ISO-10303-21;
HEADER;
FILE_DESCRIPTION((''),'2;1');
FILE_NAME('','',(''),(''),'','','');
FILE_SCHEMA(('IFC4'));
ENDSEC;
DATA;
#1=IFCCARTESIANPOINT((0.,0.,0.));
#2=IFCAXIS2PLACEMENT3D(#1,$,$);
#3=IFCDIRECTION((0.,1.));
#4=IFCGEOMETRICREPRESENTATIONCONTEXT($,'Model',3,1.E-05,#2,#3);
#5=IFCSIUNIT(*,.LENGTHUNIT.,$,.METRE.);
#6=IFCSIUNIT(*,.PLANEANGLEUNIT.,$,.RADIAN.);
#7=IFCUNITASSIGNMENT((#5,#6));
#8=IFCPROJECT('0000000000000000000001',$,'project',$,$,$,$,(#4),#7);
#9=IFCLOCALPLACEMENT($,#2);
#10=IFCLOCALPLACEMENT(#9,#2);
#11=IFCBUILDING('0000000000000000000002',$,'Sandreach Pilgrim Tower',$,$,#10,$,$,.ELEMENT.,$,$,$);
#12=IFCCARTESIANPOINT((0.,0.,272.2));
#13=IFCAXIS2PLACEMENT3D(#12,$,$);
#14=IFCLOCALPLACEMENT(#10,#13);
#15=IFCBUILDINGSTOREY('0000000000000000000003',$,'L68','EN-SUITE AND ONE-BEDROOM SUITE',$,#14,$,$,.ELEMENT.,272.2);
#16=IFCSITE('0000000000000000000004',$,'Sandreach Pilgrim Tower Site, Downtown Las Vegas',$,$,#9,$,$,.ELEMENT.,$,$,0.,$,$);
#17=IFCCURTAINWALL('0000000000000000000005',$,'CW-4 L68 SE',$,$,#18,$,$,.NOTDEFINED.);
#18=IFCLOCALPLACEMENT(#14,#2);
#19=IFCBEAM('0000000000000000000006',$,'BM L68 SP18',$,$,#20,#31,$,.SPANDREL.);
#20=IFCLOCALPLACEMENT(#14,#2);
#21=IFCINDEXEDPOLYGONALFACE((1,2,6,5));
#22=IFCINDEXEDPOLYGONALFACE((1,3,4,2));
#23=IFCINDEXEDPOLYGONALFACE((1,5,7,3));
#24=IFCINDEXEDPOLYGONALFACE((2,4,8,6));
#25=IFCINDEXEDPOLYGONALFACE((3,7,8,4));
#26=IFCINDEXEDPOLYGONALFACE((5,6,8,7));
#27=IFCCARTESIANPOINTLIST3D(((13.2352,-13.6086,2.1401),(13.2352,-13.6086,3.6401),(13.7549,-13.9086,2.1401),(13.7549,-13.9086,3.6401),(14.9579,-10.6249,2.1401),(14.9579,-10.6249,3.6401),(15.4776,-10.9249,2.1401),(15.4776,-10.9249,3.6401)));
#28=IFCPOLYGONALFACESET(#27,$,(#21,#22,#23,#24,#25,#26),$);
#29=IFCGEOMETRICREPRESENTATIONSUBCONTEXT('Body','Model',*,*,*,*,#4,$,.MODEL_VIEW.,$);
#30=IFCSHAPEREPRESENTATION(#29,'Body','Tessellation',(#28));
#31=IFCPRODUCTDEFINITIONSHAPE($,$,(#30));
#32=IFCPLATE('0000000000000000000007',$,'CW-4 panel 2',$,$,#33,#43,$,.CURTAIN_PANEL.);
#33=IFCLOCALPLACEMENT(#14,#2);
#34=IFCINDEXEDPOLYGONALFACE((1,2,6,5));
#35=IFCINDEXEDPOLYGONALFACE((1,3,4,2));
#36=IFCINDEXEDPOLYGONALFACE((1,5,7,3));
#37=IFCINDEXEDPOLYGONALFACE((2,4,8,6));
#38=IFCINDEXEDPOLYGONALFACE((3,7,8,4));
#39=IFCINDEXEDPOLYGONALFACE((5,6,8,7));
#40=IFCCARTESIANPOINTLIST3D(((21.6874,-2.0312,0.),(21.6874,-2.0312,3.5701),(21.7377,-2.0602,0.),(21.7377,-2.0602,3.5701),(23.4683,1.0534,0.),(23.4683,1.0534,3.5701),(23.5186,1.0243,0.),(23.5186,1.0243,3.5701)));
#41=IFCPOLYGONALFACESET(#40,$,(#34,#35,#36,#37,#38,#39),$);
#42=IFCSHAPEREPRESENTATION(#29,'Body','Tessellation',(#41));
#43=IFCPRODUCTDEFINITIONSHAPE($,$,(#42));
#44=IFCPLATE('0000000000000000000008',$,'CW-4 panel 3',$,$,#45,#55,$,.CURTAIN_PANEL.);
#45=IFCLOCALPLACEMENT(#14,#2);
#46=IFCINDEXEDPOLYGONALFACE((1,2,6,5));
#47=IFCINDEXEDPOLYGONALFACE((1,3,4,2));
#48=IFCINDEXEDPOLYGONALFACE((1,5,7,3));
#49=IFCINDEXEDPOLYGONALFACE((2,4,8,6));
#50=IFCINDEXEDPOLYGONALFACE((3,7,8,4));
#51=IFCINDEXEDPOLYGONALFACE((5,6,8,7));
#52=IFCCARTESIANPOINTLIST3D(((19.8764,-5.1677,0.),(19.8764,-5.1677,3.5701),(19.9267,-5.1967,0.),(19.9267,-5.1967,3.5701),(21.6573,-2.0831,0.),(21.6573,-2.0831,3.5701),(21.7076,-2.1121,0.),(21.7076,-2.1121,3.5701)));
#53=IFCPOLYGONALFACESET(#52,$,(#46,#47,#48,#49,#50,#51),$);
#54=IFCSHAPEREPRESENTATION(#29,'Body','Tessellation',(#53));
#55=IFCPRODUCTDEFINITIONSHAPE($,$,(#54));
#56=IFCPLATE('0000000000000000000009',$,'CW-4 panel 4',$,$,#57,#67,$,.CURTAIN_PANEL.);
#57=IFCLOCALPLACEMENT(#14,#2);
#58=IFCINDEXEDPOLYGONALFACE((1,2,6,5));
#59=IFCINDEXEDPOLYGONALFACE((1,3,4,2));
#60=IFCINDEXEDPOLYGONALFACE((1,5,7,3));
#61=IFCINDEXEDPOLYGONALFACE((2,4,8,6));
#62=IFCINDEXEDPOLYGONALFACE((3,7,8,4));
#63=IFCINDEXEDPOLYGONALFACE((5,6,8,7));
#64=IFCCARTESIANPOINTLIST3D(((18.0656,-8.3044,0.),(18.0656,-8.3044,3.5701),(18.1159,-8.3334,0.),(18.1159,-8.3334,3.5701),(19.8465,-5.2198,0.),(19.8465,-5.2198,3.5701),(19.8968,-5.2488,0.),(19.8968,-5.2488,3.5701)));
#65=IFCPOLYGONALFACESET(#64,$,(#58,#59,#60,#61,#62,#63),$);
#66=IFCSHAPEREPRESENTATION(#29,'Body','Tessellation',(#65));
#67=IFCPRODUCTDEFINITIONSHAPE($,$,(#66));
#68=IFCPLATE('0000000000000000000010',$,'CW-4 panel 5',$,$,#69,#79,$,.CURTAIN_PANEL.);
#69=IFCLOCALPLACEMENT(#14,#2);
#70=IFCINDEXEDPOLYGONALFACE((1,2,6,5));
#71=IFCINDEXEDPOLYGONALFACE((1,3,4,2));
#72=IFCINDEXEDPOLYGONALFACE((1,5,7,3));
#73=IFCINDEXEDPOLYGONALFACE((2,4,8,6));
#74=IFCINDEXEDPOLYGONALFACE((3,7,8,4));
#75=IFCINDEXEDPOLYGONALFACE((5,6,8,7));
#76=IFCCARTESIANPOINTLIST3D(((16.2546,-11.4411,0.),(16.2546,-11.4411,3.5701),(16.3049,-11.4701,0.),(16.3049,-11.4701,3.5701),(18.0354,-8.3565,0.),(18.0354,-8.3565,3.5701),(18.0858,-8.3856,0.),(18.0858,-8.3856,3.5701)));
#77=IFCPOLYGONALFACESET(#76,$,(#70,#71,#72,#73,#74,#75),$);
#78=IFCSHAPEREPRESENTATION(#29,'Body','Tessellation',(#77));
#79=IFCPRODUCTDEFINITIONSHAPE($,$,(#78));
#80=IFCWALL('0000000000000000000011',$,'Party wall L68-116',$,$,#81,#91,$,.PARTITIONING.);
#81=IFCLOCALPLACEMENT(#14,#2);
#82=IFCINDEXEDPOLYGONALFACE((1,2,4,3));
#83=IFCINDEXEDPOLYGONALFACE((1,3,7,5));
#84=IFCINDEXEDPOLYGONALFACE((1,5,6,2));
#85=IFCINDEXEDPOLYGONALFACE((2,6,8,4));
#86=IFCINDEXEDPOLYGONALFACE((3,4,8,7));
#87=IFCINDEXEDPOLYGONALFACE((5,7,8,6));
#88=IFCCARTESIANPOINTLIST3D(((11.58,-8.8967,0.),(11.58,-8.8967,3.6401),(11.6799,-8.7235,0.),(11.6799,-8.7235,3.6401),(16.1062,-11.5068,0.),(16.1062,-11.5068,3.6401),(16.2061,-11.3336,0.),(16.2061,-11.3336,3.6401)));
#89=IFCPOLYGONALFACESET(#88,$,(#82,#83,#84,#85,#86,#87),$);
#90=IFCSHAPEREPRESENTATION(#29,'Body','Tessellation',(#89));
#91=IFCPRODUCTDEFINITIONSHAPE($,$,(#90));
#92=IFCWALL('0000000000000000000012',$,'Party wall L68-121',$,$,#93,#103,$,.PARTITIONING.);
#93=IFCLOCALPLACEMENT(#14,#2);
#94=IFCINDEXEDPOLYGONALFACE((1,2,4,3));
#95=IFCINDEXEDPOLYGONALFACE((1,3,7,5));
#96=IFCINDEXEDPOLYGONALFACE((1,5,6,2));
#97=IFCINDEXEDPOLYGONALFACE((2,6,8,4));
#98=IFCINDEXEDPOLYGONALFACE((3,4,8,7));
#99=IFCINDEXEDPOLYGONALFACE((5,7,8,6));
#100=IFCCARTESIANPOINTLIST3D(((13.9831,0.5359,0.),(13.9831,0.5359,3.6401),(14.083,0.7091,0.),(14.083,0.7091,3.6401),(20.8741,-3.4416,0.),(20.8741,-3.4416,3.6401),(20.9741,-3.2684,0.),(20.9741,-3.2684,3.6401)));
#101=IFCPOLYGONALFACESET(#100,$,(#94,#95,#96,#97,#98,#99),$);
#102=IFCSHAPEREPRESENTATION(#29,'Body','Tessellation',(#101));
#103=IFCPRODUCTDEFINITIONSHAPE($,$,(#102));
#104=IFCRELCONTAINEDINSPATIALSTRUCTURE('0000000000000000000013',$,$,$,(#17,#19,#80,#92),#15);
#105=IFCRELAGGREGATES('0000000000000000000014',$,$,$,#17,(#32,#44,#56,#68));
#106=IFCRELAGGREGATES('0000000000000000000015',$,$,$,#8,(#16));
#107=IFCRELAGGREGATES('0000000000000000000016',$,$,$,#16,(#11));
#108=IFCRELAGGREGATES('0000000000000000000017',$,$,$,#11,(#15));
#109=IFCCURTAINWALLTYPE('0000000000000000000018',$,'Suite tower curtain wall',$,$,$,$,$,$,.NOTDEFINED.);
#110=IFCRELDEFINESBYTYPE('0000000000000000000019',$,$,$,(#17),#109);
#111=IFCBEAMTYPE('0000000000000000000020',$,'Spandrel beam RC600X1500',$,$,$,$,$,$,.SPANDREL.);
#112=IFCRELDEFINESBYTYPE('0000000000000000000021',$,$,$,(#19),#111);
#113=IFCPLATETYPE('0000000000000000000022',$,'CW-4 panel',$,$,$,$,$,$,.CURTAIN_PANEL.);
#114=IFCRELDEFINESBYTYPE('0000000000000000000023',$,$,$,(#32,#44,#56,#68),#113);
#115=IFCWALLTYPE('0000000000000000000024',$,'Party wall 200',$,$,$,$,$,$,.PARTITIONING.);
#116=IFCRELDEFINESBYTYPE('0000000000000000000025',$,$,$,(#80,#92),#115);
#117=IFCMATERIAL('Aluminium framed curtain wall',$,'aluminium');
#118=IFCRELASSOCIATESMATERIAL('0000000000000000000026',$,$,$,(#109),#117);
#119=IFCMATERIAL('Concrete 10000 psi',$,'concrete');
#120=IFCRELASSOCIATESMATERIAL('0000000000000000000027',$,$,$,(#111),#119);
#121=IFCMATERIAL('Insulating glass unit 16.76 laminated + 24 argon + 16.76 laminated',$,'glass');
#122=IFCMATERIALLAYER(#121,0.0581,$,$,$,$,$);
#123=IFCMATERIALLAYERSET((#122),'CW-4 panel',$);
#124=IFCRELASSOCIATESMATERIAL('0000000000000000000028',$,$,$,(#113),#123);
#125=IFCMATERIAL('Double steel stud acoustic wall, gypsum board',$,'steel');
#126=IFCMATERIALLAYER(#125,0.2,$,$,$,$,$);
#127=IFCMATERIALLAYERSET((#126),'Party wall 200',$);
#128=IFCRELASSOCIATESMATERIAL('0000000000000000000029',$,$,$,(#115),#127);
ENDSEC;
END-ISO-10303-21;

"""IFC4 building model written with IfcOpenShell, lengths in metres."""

from ifc_helpers import new_model, si_unit, direction, frame, frame_2d, origin, origin_2d, place, context, subcontext, project, spatial, rectangle, extrude, material, layer, layer_set, material_profile, profile_set, type_object, element, aggregate, save


model = new_model("IFC4")

# Units and contexts
model_context = context("Model", 3, precision=1e-05, world=origin(), true_north=direction((0.0, 1.0)))
body_context = subcontext(model_context, "Body", "Model", "MODEL_VIEW")
ifc_project = project(units=[si_unit("LENGTHUNIT", "METRE"), si_unit("PLANEANGLEUNIT", "RADIAN")], contexts=[model_context])

# Site, building, storey
site_placement = place(None, origin())
site = spatial("IfcSite", under=ifc_project, at=site_placement, Name="Sandreach Pilgrim Tower Site, Downtown Las Vegas", CompositionType="ELEMENT", RefElevation=0.0)
building_placement = place(site_placement, origin())
building = spatial("IfcBuilding", under=site, at=building_placement, Name="Sandreach Pilgrim Tower", CompositionType="ELEMENT")
storey_placement = place(building_placement, frame((0.0, 0.0, 272.2)))
storey = spatial("IfcBuildingStorey", under=building, at=storey_placement, Name="L68", Description="EN-SUITE AND ONE-BEDROOM SUITE", CompositionType="ELEMENT", Elevation=272.2)

# Curtain wall
ifc_material_1 = material(Name="Aluminium framed curtain wall", Category="aluminium")
curtain_wall_type = type_object("IfcCurtainWallType", Name="Suite tower curtain wall", PredefinedType="NOTDEFINED", material=ifc_material_1)
curtain_wall_placement = place(storey_placement, origin())
curtain_wall = element("IfcCurtainWall", 1, at=curtain_wall_placement, inside=storey, type_object=curtain_wall_type, Name="CW-4 L68 SE", PredefinedType="NOTDEFINED")

# Beam
ifc_material_2 = material(Name="Concrete 10000 psi", Category="concrete")
ifc_material_profile_1 = material_profile(ifc_material_2, rectangle(XDim=0.6001, YDim=1.5, at=origin_2d()), Name="RC600X1500")
ifc_profile_set_1 = profile_set([ifc_material_profile_1], Name="Concrete 10000 psi")
beam_type_1 = type_object("IfcBeamType", Name="Spandrel beam RC600X1500", PredefinedType="SPANDREL", material=ifc_profile_set_1)
beam_1_placement = place(storey_placement, frame((15.2178, -10.7749, 2.8901), z_axis=(-0.500011, -0.866019, 0.0), x_axis=(0.866019, -0.500011, 0.0)))
element("IfcBeam", 2, at=beam_1_placement, inside=storey, type_object=beam_type_1, Name="BM L68 SP18", PredefinedType="SPANDREL", context=body_context, shape_type="SweptSolid", body=[
    extrude(rectangle(XDim=0.6001, YDim=1.5, at=origin_2d()), origin(), (0.0, 0.0, 1.0), 3.4453),
])

# Plates
ifc_material_3 = material(Name="Insulating glass unit 16.76 laminated + 24 argon + 16.76 laminated", Category="glass")
ifc_layer_1 = layer(ifc_material_3, 0.0581)
ifc_layer_set_1 = layer_set([ifc_layer_1], Name="CW-4 panel")
plate_type = type_object("IfcPlateType", Name="CW-4 panel", PredefinedType="CURTAIN_PANEL", material=ifc_layer_set_1)
plate_1_placement = place(storey_placement, frame((22.603, -0.5034, 0.0), z_axis=(0.0, 0.0, 1.0), x_axis=(-0.5, -0.866025, 0.0)))
plate_1 = element("IfcPlate", 3, at=plate_1_placement, type_object=plate_type, Name="CW-4 panel 2", PredefinedType="CURTAIN_PANEL", context=body_context, shape_type="SweptSolid", body=[
    extrude(rectangle(XDim=3.5618, YDim=0.0581, at=origin_2d()), origin(), (0.0, 0.0, 1.0), 3.5701),
])
plate_2_placement = place(storey_placement, frame((20.792, -3.6399, 0.0), z_axis=(0.0, 0.0, 1.0), x_axis=(-0.5, -0.866025, 0.0)))
plate_2 = element("IfcPlate", 4, at=plate_2_placement, type_object=plate_type, Name="CW-4 panel 3", PredefinedType="CURTAIN_PANEL", context=body_context, shape_type="SweptSolid", body=[
    extrude(rectangle(XDim=3.5618, YDim=0.0581, at=origin_2d()), origin(), (0.0, 0.0, 1.0), 3.5701),
])
plate_3_placement = place(storey_placement, frame((18.9812, -6.7766, 0.0), z_axis=(0.0, 0.0, 1.0), x_axis=(-0.5, -0.866025, 0.0)))
plate_3 = element("IfcPlate", 5, at=plate_3_placement, type_object=plate_type, Name="CW-4 panel 4", PredefinedType="CURTAIN_PANEL", context=body_context, shape_type="SweptSolid", body=[
    extrude(rectangle(XDim=3.5618, YDim=0.0581, at=origin_2d()), origin(), (0.0, 0.0, 1.0), 3.5701),
])
plate_4_placement = place(storey_placement, frame((17.1702, -9.9133, 0.0), z_axis=(0.0, 0.0, 1.0), x_axis=(-0.5, -0.866025, 0.0)))
plate_4 = element("IfcPlate", 6, at=plate_4_placement, type_object=plate_type, Name="CW-4 panel 5", PredefinedType="CURTAIN_PANEL", context=body_context, shape_type="SweptSolid", body=[
    extrude(rectangle(XDim=3.5618, YDim=0.0581, at=origin_2d()), origin(), (0.0, 0.0, 1.0), 3.5701),
])
aggregate(curtain_wall, [plate_1, plate_2, plate_3, plate_4])

# Walls
ifc_material_4 = material(Name="Double steel stud acoustic wall, gypsum board", Category="steel")
ifc_layer_2 = layer(ifc_material_4, 0.2)
ifc_layer_set_2 = layer_set([ifc_layer_2], Name="Party wall 200")
wall_type = type_object("IfcWallType", Name="Party wall 200", PredefinedType="PARTITIONING", material=ifc_layer_set_2)
wall_1_placement = place(storey_placement, frame((16.156, -11.4202, 0.0), z_axis=(0.0, 0.0, 1.0), x_axis=(-0.866278, 0.499562, 0.0)))
element("IfcWall", 7, at=wall_1_placement, inside=storey, type_object=wall_type, Name="Party wall L68-116", PredefinedType="PARTITIONING", context=body_context, shape_type="SweptSolid", body=[
    extrude(rectangle(XDim=5.2249, YDim=0.2, at=frame_2d((2.6123, 0.0))), origin(), (0.0, 0.0, 1.0), 3.6401),
])
wall_2_placement = place(storey_placement, frame((20.9241, -3.355, 0.0), z_axis=(0.0, 0.0, 1.0), x_axis=(-0.866082, 0.499901, 0.0)))
element("IfcWall", 8, at=wall_2_placement, inside=storey, type_object=wall_type, Name="Party wall L68-121", PredefinedType="PARTITIONING", context=body_context, shape_type="SweptSolid", body=[
    extrude(rectangle(XDim=7.9565, YDim=0.2, at=frame_2d((3.9783, 0.0))), origin(), (0.0, 0.0, 1.0), 3.6401),
])

save(model, "model.ifc")
